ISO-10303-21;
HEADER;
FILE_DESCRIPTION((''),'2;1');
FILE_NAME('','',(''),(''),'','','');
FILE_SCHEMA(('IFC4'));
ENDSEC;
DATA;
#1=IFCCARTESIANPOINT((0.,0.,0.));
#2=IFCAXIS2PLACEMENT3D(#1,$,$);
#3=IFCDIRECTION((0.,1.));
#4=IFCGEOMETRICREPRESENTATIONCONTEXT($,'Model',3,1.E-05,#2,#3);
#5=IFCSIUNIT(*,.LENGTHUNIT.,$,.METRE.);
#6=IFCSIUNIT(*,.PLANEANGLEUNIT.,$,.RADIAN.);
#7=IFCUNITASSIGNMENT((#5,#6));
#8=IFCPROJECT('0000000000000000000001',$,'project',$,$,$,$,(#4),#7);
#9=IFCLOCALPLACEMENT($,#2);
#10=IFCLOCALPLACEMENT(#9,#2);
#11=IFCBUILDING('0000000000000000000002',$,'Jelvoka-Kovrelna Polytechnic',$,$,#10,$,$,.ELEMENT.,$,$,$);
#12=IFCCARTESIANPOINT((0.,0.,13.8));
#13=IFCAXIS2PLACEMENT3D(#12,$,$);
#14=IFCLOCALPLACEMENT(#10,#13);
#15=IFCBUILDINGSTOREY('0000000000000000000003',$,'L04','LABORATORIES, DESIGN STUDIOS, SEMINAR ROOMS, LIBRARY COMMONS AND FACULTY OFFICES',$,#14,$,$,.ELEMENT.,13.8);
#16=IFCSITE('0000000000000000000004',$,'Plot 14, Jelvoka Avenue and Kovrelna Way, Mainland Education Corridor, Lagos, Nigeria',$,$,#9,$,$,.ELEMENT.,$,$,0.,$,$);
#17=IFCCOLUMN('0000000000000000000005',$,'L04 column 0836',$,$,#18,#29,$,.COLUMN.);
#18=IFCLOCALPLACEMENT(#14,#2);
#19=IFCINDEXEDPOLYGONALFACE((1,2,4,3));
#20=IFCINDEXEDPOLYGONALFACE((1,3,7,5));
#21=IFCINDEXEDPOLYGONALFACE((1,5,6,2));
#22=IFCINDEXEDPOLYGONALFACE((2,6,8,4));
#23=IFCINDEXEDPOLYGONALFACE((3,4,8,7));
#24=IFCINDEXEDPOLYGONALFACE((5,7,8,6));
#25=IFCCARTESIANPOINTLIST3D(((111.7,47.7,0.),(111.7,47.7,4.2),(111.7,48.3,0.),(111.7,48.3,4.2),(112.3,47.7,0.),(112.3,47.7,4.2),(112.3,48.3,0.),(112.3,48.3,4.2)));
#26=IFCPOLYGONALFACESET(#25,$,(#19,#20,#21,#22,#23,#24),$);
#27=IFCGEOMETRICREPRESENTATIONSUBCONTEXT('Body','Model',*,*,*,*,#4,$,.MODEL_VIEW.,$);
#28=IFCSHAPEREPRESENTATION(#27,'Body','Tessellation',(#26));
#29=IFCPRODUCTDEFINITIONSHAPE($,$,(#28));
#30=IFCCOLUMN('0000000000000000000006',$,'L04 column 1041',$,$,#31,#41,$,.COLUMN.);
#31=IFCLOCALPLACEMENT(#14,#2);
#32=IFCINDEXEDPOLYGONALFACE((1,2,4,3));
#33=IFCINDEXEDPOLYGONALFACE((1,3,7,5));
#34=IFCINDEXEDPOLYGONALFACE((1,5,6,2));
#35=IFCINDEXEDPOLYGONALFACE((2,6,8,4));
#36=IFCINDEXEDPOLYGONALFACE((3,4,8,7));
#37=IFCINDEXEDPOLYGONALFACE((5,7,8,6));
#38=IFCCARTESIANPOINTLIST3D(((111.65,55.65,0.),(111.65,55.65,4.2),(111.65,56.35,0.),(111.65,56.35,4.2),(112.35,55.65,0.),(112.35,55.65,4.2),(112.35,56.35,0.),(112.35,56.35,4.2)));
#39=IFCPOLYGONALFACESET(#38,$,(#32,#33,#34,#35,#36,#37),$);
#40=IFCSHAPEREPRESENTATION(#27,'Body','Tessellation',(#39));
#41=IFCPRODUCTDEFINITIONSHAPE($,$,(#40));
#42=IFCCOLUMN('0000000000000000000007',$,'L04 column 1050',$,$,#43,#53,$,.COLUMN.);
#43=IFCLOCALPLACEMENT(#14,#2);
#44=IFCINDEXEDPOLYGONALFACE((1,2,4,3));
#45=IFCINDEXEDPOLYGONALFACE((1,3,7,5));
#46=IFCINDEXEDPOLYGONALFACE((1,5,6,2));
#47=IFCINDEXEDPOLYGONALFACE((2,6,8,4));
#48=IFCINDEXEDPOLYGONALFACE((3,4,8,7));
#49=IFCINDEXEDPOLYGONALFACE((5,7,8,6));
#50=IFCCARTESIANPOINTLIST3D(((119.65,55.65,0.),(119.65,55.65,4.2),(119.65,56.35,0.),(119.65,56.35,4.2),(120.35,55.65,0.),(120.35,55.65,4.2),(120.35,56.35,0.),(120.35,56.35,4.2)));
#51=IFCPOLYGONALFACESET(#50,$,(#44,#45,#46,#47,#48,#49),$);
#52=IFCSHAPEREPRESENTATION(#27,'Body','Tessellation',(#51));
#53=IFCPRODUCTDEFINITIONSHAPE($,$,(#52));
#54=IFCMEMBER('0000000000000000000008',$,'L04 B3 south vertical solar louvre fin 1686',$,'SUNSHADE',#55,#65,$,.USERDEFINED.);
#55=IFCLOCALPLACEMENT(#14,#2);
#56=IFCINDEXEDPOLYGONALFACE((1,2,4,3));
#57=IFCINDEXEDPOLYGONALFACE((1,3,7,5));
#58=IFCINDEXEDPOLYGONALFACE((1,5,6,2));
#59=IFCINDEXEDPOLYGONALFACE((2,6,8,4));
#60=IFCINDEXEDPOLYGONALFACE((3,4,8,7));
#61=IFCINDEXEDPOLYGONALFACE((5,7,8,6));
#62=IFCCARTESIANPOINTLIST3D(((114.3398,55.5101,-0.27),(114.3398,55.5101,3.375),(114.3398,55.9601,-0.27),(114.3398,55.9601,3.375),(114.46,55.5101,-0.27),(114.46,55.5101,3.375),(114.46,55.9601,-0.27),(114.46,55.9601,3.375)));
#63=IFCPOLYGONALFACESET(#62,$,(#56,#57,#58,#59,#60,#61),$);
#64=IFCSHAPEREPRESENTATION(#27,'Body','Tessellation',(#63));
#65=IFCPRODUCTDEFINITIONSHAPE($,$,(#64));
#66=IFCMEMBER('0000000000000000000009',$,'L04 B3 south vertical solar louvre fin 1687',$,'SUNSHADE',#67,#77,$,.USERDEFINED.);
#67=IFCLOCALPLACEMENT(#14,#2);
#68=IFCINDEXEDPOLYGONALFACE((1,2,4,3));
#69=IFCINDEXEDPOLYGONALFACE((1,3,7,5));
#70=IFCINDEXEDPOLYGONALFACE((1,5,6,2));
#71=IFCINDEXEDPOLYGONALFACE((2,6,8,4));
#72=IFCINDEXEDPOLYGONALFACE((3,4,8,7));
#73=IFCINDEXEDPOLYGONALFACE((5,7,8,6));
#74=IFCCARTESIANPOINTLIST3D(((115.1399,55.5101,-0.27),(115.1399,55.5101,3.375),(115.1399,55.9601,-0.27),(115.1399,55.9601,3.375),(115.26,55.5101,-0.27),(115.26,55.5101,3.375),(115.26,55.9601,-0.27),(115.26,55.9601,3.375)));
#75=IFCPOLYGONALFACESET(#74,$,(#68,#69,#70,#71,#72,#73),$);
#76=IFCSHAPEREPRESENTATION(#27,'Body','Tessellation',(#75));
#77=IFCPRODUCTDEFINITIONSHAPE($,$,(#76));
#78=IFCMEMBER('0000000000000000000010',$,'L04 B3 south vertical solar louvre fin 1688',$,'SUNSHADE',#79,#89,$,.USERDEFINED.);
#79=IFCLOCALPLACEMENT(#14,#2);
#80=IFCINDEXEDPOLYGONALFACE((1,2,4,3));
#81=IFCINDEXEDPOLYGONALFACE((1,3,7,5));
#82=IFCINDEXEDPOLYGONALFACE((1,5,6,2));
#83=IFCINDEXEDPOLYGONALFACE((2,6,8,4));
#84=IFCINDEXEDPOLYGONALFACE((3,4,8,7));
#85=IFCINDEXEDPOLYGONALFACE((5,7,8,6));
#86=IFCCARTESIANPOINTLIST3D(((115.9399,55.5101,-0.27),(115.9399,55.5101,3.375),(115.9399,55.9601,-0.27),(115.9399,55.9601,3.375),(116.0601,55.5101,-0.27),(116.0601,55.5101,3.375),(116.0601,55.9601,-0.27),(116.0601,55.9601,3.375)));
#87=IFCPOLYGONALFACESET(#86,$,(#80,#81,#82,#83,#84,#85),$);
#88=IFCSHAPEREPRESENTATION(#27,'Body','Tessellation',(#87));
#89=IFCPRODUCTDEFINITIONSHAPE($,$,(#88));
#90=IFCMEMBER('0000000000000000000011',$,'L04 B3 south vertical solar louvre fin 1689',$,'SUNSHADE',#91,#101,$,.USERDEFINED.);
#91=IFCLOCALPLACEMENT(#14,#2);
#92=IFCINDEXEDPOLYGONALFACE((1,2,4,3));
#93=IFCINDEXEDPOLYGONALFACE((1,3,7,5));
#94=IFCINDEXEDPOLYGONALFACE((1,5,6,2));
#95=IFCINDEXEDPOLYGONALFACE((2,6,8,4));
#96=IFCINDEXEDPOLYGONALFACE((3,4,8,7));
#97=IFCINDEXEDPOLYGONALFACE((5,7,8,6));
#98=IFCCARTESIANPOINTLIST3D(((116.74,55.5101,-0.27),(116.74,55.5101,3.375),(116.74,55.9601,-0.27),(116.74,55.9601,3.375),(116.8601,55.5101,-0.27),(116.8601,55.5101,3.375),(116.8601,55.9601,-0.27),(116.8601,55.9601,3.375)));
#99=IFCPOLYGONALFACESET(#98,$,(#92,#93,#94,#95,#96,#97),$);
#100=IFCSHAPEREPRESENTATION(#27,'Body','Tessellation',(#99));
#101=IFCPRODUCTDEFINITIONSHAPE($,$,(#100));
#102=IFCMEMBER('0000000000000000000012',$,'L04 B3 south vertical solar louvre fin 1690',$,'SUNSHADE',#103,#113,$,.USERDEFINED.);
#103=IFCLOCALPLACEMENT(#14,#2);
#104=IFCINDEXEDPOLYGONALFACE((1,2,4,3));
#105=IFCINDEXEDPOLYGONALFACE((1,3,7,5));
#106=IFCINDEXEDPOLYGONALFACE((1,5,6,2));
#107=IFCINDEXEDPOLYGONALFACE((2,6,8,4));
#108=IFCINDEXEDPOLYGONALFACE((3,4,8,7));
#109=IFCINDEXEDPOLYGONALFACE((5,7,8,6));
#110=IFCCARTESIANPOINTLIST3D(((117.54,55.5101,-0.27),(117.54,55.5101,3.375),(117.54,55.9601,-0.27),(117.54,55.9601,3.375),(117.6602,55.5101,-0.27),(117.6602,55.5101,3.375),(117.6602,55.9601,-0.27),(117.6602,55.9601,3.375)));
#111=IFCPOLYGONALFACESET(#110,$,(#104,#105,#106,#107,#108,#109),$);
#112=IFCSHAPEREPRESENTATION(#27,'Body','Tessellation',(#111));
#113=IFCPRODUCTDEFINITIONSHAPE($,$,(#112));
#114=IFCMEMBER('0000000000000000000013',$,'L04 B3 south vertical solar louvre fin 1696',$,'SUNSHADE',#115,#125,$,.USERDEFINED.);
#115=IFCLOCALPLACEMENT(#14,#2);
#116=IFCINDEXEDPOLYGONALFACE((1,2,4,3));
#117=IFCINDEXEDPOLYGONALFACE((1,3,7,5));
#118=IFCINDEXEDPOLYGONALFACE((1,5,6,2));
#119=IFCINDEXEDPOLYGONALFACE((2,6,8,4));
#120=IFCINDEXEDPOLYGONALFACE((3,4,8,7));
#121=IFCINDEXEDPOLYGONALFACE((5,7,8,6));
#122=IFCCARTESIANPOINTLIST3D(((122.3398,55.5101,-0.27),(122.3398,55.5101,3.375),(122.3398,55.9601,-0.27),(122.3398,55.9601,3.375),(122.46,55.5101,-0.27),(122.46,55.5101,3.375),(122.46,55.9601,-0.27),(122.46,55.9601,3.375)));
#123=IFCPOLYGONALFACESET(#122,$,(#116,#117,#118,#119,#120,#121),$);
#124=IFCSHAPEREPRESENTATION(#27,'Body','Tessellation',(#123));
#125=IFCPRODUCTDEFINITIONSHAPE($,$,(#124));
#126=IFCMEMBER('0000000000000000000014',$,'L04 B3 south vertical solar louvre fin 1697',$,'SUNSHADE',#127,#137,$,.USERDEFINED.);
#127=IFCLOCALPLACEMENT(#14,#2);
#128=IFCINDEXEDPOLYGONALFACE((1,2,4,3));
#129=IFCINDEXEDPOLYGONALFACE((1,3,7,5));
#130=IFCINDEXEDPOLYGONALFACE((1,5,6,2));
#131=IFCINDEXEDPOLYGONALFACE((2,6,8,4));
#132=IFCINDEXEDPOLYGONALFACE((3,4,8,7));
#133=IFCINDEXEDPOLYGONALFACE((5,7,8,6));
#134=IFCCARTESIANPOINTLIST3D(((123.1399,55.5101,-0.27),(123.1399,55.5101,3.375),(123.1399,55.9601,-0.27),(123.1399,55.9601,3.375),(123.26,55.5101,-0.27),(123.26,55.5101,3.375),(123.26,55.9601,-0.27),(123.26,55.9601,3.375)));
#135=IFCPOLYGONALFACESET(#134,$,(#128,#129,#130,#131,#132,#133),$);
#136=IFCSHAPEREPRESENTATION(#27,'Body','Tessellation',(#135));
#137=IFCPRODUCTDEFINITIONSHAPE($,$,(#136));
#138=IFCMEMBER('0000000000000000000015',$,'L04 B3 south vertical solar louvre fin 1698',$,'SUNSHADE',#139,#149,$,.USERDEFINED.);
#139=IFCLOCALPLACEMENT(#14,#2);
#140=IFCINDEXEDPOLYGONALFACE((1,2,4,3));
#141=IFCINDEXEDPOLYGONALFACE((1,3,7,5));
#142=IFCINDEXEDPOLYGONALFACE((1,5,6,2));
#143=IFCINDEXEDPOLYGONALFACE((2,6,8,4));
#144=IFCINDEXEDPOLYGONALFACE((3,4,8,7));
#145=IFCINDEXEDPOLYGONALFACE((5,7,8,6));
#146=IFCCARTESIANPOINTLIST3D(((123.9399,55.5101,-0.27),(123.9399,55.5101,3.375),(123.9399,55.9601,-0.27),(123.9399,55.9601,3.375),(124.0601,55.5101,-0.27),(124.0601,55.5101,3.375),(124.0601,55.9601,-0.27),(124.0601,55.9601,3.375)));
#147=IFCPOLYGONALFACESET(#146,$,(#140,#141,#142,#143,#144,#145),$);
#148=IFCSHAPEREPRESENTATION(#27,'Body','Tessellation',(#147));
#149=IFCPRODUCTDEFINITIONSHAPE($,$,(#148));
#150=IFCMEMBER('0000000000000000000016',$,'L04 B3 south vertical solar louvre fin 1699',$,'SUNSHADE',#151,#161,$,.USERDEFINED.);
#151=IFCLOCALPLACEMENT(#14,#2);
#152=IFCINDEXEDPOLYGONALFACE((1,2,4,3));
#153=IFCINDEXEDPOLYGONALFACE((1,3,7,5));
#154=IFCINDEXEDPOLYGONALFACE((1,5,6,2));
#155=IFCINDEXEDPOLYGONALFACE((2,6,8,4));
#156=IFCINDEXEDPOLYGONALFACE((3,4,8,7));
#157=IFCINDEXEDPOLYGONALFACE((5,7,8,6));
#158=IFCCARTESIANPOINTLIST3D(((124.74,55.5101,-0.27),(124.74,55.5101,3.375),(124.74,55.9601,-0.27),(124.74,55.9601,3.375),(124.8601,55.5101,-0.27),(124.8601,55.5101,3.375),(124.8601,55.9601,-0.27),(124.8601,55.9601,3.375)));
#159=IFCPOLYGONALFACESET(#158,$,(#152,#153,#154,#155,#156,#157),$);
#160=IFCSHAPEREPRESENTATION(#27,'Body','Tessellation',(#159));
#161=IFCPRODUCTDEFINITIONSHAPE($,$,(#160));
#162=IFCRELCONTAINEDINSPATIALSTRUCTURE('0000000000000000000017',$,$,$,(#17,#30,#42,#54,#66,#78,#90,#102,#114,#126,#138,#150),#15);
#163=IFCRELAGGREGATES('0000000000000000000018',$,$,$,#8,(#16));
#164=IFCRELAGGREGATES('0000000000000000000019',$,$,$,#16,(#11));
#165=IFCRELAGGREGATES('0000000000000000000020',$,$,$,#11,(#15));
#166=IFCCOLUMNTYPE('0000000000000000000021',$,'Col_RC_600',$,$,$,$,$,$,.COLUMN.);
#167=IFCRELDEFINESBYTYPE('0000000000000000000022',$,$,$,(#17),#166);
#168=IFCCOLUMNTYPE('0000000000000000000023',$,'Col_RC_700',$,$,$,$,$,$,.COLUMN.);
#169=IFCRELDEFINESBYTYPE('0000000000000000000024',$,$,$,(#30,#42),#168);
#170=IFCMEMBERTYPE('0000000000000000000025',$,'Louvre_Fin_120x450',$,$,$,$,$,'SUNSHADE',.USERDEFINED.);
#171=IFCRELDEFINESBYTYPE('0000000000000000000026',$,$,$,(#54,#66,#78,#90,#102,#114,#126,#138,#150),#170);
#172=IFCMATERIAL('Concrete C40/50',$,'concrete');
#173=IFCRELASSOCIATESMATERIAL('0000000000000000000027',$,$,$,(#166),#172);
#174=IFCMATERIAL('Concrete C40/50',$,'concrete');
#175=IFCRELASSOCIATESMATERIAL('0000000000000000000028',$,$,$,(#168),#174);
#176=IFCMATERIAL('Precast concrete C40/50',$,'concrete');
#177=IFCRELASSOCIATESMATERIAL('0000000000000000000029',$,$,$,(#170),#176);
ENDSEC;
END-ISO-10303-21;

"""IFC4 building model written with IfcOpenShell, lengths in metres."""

from ifc_helpers import new_model, si_unit, direction, frame, origin, origin_2d, place, context, subcontext, project, spatial, rectangle, extrude, material, material_profile, profile_set, type_object, element, save


model = new_model("IFC4")

# Units and contexts
model_context = context("Model", 3, precision=1e-05, world=origin(), true_north=direction((0.0, 1.0)))
body_context = subcontext(model_context, "Body", "Model", "MODEL_VIEW")
ifc_project = project(units=[si_unit("LENGTHUNIT", "METRE"), si_unit("PLANEANGLEUNIT", "RADIAN")], contexts=[model_context])

# Site, building, storey
site_placement = place(None, origin())
site = spatial("IfcSite", under=ifc_project, at=site_placement, Name="Plot 14, Jelvoka Avenue and Kovrelna Way, Mainland Education Corridor, Lagos, Nigeria", CompositionType="ELEMENT", RefElevation=0.0)
building_placement = place(site_placement, origin())
building = spatial("IfcBuilding", under=site, at=building_placement, Name="Jelvoka-Kovrelna Polytechnic", CompositionType="ELEMENT")
storey_placement = place(building_placement, frame((0.0, 0.0, 13.8)))
storey = spatial("IfcBuildingStorey", under=building, at=storey_placement, Name="L04", Description="LABORATORIES, DESIGN STUDIOS, SEMINAR ROOMS, LIBRARY COMMONS AND FACULTY OFFICES", CompositionType="ELEMENT", Elevation=13.8)

# Columns
ifc_material_1 = material(Name="Concrete C40/50", Category="concrete")
ifc_material_profile_1 = material_profile(ifc_material_1, rectangle(XDim=0.6001, YDim=0.6001, at=origin_2d()), Name="RC 600x600")
ifc_profile_set_1 = profile_set([ifc_material_profile_1], Name="Concrete C40/50")
column_type_1 = type_object("IfcColumnType", Name="Col_RC_600", PredefinedType="COLUMN", material=ifc_profile_set_1)
column_placement = place(storey_placement, frame((112.0, 48.0, 0.0), z_axis=(0.0, 0.0, 1.0), x_axis=(1.0, 0.0, 0.0)))
element("IfcColumn", 1, at=column_placement, inside=storey, type_object=column_type_1, Name="L04 column 0836", PredefinedType="COLUMN", context=body_context, shape_type="SweptSolid", body=[
    extrude(rectangle(XDim=0.6001, YDim=0.6001, at=origin_2d()), origin(), (0.0, 0.0, 1.0), 4.2),
])
ifc_material_2 = material(Name="Concrete C40/50", Category="concrete")
ifc_material_profile_2 = material_profile(ifc_material_2, rectangle(XDim=0.7, YDim=0.7, at=origin_2d()), Name="RC 700x700")
ifc_profile_set_2 = profile_set([ifc_material_profile_2], Name="Concrete C40/50")
column_type_2 = type_object("IfcColumnType", Name="Col_RC_700", PredefinedType="COLUMN", material=ifc_profile_set_2)
for number, where, z_axis, x_axis, name in (
    (2, (112.0, 56.0, 0.0), (0.0, 0.0, 1.0), (1.0, 0.0, 0.0), "L04 column 1041"),
    (3, (120.0, 56.0, 0.0), (0.0, 0.0, 1.0), (1.0, 0.0, 0.0), "L04 column 1050"),
):
    element("IfcColumn", number, at=place(storey_placement, frame(where, z_axis=z_axis, x_axis=x_axis)), inside=storey, type_object=column_type_2, Name=name, PredefinedType="COLUMN", context=body_context, shape_type="SweptSolid", body=[
        extrude(rectangle(XDim=0.7, YDim=0.7, at=origin_2d()), origin(), (0.0, 0.0, 1.0), 4.2),
    ])

# Members
ifc_material_3 = material(Name="Precast concrete C40/50", Category="concrete")
ifc_material_profile_3 = material_profile(ifc_material_3, rectangle(XDim=0.1201, YDim=0.45, at=origin_2d()), Name="PC 120x450")
ifc_profile_set_3 = profile_set([ifc_material_profile_3], Name="Precast concrete C40/50")
member_type_1 = type_object("IfcMemberType", Name="Louvre_Fin_120x450", ElementType="SUNSHADE", PredefinedType="USERDEFINED", material=ifc_profile_set_3)
for number, where, z_axis, x_axis, name in (
    (4, (114.3999, 55.7351, -0.27), (0.0, 0.0, 1.0), (1.0, 0.0, 0.0), "L04 B3 south vertical solar louvre fin 1686"),
    (5, (115.2, 55.7351, -0.27), (0.0, 0.0, 1.0), (1.0, 0.0, 0.0), "L04 B3 south vertical solar louvre fin 1687"),
    (6, (116.0, 55.7351, -0.27), (0.0, 0.0, 1.0), (1.0, 0.0, 0.0), "L04 B3 south vertical solar louvre fin 1688"),
    (7, (116.8, 55.7351, -0.27), (0.0, 0.0, 1.0), (1.0, 0.0, 0.0), "L04 B3 south vertical solar louvre fin 1689"),
    (8, (117.6001, 55.7351, -0.27), (0.0, 0.0, 1.0), (1.0, 0.0, 0.0), "L04 B3 south vertical solar louvre fin 1690"),
    (9, (122.3999, 55.7351, -0.27), (0.0, 0.0, 1.0), (1.0, 0.0, 0.0), "L04 B3 south vertical solar louvre fin 1696"),
    (10, (123.2, 55.7351, -0.27), (0.0, 0.0, 1.0), (1.0, 0.0, 0.0), "L04 B3 south vertical solar louvre fin 1697"),
    (11, (124.0, 55.7351, -0.27), (0.0, 0.0, 1.0), (1.0, 0.0, 0.0), "L04 B3 south vertical solar louvre fin 1698"),
    (12, (124.8, 55.7351, -0.27), (0.0, 0.0, 1.0), (1.0, 0.0, 0.0), "L04 B3 south vertical solar louvre fin 1699"),
):
    element("IfcMember", number, at=place(storey_placement, frame(where, z_axis=z_axis, x_axis=x_axis)), inside=storey, type_object=member_type_1, Name=name, ObjectType="SUNSHADE", PredefinedType="USERDEFINED", context=body_context, shape_type="SweptSolid", body=[
        extrude(rectangle(XDim=0.1201, YDim=0.45, at=origin_2d()), origin(), (0.0, 0.0, 1.0), 3.645),
    ])

save(model, "model.ifc")
